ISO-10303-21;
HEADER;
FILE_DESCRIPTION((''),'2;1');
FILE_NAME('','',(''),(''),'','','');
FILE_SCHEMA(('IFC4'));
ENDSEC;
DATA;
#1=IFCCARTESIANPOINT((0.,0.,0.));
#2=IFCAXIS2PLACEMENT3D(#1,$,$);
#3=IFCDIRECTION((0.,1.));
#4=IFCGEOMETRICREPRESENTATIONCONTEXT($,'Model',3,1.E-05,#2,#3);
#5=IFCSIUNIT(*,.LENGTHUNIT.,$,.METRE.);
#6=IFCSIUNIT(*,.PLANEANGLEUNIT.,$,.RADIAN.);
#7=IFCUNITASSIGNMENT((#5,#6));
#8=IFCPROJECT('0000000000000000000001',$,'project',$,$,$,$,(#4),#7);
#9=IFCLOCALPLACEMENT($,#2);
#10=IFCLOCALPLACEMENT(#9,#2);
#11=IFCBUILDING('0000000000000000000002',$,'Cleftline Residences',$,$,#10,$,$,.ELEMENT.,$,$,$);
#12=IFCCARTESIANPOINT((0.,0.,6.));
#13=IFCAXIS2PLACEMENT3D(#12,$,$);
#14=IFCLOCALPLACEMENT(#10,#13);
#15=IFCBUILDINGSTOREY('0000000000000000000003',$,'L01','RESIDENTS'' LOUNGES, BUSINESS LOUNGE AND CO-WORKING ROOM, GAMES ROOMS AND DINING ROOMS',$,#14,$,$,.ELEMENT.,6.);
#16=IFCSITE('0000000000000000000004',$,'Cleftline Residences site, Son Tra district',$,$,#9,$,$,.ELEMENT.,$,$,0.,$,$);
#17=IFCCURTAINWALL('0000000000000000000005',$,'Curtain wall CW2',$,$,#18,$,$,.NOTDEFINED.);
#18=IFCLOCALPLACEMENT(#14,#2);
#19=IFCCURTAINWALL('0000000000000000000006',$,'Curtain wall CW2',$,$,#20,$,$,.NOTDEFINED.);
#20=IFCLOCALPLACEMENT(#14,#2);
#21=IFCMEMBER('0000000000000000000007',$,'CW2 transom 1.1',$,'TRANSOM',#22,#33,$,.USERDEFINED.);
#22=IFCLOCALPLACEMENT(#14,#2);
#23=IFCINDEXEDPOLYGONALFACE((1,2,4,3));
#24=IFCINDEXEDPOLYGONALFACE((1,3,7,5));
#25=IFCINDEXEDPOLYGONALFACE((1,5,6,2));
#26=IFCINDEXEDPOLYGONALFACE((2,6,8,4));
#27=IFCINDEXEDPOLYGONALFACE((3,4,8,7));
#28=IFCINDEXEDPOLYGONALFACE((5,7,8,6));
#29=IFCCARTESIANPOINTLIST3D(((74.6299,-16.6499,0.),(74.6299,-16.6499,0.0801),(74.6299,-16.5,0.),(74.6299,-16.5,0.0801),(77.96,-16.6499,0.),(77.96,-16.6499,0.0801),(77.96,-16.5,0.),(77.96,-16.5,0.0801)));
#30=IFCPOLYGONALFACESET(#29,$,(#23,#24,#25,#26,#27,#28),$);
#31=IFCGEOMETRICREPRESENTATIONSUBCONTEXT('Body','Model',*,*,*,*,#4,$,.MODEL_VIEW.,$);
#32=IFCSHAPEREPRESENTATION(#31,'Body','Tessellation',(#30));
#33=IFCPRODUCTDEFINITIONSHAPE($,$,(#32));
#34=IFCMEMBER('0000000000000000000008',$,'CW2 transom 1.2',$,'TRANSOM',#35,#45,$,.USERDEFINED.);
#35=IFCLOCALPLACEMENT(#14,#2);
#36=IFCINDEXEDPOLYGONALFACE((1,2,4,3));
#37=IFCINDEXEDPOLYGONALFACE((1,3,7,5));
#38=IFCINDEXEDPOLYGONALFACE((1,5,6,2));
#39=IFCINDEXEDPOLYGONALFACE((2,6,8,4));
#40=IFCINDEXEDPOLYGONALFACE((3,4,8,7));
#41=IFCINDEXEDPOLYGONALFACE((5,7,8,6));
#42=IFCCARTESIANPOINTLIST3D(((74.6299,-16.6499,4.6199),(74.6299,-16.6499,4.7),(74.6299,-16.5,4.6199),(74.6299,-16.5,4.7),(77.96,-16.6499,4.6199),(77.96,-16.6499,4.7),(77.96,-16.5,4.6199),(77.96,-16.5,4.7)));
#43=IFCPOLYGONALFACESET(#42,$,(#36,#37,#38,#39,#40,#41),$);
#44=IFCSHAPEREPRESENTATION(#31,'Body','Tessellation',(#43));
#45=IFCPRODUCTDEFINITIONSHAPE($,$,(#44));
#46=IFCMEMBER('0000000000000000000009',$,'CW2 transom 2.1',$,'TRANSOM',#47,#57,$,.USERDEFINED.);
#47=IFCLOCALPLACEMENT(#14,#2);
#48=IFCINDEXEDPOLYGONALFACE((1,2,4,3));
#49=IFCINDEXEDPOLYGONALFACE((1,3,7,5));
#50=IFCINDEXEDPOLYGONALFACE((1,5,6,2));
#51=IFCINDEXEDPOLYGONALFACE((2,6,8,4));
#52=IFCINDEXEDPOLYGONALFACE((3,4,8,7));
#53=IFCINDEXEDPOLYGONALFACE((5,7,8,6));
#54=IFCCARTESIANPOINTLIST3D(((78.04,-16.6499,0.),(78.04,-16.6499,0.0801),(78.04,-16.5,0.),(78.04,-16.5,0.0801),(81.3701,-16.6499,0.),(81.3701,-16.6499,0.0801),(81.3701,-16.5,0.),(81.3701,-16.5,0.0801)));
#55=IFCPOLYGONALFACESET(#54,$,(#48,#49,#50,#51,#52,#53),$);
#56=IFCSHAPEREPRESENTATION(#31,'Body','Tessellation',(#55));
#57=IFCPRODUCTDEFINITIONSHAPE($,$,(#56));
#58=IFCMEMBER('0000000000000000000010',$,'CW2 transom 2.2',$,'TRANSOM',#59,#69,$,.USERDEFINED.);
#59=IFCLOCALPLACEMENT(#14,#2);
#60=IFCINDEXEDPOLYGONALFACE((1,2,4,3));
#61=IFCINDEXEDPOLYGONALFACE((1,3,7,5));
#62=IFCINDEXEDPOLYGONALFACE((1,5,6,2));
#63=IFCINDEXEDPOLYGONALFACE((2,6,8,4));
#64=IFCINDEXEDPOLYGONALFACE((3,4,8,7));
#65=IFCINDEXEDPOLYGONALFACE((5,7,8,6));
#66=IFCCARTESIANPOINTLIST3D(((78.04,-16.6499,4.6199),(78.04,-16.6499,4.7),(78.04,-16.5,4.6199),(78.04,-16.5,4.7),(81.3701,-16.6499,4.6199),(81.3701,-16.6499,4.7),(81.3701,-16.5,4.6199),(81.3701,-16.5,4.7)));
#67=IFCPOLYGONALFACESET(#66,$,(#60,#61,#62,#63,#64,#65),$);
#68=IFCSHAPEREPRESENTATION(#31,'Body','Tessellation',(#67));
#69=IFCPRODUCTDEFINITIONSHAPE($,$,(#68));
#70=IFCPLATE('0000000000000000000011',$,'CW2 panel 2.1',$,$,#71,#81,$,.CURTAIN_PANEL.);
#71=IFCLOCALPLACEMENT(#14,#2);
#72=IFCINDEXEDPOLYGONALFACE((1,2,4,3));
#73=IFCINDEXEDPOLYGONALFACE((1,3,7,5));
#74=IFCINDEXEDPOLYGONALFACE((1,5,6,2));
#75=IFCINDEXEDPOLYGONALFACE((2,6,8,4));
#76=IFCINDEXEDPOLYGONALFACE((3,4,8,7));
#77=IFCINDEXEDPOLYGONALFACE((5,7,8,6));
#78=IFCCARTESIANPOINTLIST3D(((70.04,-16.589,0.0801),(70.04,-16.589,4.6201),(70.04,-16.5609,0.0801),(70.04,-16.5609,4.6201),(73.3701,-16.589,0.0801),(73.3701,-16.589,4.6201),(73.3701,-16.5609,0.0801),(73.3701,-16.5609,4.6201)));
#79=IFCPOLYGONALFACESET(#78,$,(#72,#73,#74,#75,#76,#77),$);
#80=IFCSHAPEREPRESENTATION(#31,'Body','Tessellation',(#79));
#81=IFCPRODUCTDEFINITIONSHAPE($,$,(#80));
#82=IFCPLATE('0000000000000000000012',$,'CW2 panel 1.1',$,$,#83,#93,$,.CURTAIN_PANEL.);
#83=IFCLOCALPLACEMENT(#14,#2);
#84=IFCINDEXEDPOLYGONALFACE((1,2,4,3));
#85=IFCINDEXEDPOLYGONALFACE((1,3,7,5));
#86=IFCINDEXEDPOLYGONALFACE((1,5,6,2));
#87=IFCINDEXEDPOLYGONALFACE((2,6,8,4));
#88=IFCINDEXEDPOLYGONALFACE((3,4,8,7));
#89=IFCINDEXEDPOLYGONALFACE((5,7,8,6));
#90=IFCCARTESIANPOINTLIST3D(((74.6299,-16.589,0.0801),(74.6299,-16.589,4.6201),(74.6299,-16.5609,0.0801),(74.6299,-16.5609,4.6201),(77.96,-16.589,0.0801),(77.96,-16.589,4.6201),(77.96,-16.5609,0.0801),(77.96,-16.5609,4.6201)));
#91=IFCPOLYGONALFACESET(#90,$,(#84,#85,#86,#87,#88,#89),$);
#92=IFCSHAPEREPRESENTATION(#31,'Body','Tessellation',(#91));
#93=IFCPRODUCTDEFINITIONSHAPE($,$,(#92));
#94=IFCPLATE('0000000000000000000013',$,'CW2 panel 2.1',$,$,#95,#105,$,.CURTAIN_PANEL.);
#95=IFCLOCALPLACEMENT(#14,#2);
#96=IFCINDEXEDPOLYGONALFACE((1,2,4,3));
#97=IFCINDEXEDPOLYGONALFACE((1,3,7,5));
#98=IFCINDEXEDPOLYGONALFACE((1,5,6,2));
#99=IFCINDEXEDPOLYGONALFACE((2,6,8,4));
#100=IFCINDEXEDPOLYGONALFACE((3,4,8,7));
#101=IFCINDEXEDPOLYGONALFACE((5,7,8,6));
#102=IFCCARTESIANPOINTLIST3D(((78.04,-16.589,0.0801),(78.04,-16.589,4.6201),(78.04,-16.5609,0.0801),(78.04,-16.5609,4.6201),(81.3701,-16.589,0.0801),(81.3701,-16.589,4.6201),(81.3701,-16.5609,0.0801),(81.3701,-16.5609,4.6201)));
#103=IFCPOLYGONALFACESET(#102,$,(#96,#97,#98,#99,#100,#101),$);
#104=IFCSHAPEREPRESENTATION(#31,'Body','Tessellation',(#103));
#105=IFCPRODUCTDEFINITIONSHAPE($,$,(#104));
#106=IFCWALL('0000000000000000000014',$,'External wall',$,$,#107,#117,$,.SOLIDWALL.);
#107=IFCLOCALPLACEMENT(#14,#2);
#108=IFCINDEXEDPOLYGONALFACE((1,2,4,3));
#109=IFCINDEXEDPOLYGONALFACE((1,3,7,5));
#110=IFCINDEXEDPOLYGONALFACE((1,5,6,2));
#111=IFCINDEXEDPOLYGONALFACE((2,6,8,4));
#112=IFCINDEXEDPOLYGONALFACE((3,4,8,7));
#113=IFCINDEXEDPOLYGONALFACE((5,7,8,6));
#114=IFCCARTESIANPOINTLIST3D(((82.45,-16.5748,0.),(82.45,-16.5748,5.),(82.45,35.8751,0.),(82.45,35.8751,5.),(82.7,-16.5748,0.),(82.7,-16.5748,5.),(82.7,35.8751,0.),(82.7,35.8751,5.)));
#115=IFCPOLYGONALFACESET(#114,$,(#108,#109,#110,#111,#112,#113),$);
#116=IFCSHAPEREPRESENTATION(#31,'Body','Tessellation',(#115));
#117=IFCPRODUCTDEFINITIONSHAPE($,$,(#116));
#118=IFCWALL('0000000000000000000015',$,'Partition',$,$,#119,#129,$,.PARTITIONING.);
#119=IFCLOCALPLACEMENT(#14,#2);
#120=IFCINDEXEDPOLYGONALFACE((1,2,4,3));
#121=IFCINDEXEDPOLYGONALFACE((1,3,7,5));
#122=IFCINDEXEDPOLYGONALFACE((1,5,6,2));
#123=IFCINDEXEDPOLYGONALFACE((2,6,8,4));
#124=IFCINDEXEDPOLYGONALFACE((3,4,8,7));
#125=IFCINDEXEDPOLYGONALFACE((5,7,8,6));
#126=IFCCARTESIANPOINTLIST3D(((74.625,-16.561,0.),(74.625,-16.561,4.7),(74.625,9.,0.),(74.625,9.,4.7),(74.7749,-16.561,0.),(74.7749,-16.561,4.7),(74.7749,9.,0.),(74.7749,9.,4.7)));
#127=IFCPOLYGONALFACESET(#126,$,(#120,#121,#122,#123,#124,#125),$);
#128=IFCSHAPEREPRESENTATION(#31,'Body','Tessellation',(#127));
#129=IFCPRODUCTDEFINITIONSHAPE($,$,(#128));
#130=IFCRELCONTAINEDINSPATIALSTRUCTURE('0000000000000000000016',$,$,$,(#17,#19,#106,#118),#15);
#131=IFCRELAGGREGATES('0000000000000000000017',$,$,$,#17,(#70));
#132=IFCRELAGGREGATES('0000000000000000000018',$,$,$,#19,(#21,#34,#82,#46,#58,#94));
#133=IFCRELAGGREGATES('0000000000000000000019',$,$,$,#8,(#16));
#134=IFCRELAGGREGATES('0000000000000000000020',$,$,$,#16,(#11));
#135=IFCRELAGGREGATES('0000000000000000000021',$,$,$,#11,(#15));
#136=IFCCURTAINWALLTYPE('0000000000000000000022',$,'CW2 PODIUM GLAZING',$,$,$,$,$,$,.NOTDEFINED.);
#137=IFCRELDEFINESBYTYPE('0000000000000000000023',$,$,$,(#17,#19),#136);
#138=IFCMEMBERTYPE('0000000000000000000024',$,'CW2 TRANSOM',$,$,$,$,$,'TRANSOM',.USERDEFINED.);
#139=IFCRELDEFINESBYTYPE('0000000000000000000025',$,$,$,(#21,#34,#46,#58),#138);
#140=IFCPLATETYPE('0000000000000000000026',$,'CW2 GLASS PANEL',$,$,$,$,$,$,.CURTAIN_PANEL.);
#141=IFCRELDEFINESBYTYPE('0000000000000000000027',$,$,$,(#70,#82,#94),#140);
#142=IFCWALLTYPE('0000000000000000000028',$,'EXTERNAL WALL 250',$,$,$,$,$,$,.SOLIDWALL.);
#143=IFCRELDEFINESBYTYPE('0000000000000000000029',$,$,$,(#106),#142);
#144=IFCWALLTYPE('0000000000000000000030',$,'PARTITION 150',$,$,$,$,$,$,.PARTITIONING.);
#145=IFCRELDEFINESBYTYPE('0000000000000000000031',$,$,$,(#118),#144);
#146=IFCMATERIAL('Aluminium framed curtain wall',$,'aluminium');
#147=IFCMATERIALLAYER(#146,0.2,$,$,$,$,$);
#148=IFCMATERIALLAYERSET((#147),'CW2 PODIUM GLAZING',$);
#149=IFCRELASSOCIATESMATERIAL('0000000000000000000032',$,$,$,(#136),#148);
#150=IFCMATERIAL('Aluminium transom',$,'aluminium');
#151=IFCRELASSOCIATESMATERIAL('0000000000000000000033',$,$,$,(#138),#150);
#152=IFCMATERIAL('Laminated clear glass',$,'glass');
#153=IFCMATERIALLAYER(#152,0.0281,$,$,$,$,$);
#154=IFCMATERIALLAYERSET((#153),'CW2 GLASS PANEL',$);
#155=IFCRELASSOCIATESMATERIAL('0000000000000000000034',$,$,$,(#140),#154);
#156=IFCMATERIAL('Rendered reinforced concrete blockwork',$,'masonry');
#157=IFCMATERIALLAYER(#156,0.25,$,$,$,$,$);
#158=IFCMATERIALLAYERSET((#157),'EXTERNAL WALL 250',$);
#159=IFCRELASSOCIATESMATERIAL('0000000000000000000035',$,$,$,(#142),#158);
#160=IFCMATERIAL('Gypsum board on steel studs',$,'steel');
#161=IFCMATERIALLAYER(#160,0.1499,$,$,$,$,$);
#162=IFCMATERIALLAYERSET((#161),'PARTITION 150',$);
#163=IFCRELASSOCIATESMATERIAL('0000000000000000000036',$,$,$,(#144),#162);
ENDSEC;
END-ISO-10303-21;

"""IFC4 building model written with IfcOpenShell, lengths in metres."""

from ifc_helpers import new_model, si_unit, direction, frame, frame_2d, origin, origin_2d, place, context, subcontext, project, spatial, rectangle, extrude, material, layer, layer_set, material_profile, profile_set, type_object, element, aggregate, save


model = new_model("IFC4")

# Units and contexts
model_context = context("Model", 3, precision=1e-05, world=origin(), true_north=direction((0.0, 1.0)))
body_context = subcontext(model_context, "Body", "Model", "MODEL_VIEW")
ifc_project = project(units=[si_unit("LENGTHUNIT", "METRE"), si_unit("PLANEANGLEUNIT", "RADIAN")], contexts=[model_context])

# Site, building, storey
site_placement = place(None, origin())
site = spatial("IfcSite", under=ifc_project, at=site_placement, Name="Cleftline Residences site, Son Tra district", CompositionType="ELEMENT", RefElevation=0.0)
building_placement = place(site_placement, origin())
building = spatial("IfcBuilding", under=site, at=building_placement, Name="Cleftline Residences", CompositionType="ELEMENT")
storey_placement = place(building_placement, frame((0.0, 0.0, 6.0)))
storey = spatial("IfcBuildingStorey", under=building, at=storey_placement, Name="L01", Description="RESIDENTS' LOUNGES, BUSINESS LOUNGE AND CO-WORKING ROOM, GAMES ROOMS AND DINING ROOMS", CompositionType="ELEMENT", Elevation=6.0)

# Curtain wall
ifc_material_1 = material(Name="Aluminium framed curtain wall", Category="aluminium")
ifc_layer_1 = layer(ifc_material_1, 0.2)
ifc_layer_set_1 = layer_set([ifc_layer_1], Name="CW2 PODIUM GLAZING")
curtain_wall_type = type_object("IfcCurtainWallType", Name="CW2 PODIUM GLAZING", PredefinedType="NOTDEFINED", material=ifc_layer_set_1)
curtain_wall_1_placement = place(storey_placement, origin())
curtain_wall_1 = element("IfcCurtainWall", 1, at=curtain_wall_1_placement, inside=storey, type_object=curtain_wall_type, Name="Curtain wall CW2", PredefinedType="NOTDEFINED")

# Curtain wall
curtain_wall_2_placement = place(storey_placement, origin())
curtain_wall_2 = element("IfcCurtainWall", 2, at=curtain_wall_2_placement, inside=storey, type_object=curtain_wall_type, Name="Curtain wall CW2", PredefinedType="NOTDEFINED")

# Members
ifc_material_2 = material(Name="Aluminium transom", Category="aluminium")
ifc_material_profile_1 = material_profile(ifc_material_2, rectangle(XDim=0.1499, YDim=0.0801, at=origin_2d()))
ifc_profile_set_1 = profile_set([ifc_material_profile_1], Name="Aluminium transom")
member_type_1 = type_object("IfcMemberType", Name="CW2 TRANSOM", ElementType="TRANSOM", PredefinedType="USERDEFINED", material=ifc_profile_set_1)
member_1_placement = place(storey_placement, frame((74.6299, -16.575, 0.04), z_axis=(1.0, 0.0, 0.0), x_axis=(0.0, 1.0, 0.0)))
member_1 = element("IfcMember", 3, at=member_1_placement, type_object=member_type_1, Name="CW2 transom 1.1", ObjectType="TRANSOM", PredefinedType="USERDEFINED", context=body_context, shape_type="SweptSolid", body=[
    extrude(rectangle(XDim=0.1499, YDim=0.0801, at=origin_2d()), origin(), (0.0, 0.0, 1.0), 3.3301),
])
member_2_placement = place(storey_placement, frame((74.6299, -16.575, 4.6599), z_axis=(1.0, 0.0, 0.0), x_axis=(0.0, 1.0, 0.0)))
member_2 = element("IfcMember", 4, at=member_2_placement, type_object=member_type_1, Name="CW2 transom 1.2", ObjectType="TRANSOM", PredefinedType="USERDEFINED", context=body_context, shape_type="SweptSolid", body=[
    extrude(rectangle(XDim=0.1499, YDim=0.0801, at=origin_2d()), origin(), (0.0, 0.0, 1.0), 3.3301),
])
member_3_placement = place(storey_placement, frame((78.04, -16.575, 0.04), z_axis=(1.0, 0.0, 0.0), x_axis=(0.0, 1.0, 0.0)))
member_3 = element("IfcMember", 5, at=member_3_placement, type_object=member_type_1, Name="CW2 transom 2.1", ObjectType="TRANSOM", PredefinedType="USERDEFINED", context=body_context, shape_type="SweptSolid", body=[
    extrude(rectangle(XDim=0.1499, YDim=0.0801, at=origin_2d()), origin(), (0.0, 0.0, 1.0), 3.3301),
])
member_4_placement = place(storey_placement, frame((78.04, -16.575, 4.6599), z_axis=(1.0, 0.0, 0.0), x_axis=(0.0, 1.0, 0.0)))
member_4 = element("IfcMember", 6, at=member_4_placement, type_object=member_type_1, Name="CW2 transom 2.2", ObjectType="TRANSOM", PredefinedType="USERDEFINED", context=body_context, shape_type="SweptSolid", body=[
    extrude(rectangle(XDim=0.1499, YDim=0.0801, at=origin_2d()), origin(), (0.0, 0.0, 1.0), 3.3301),
])

# Plates
ifc_material_3 = material(Name="Laminated clear glass", Category="glass")
ifc_layer_2 = layer(ifc_material_3, 0.0281)
ifc_layer_set_2 = layer_set([ifc_layer_2], Name="CW2 GLASS PANEL")
plate_type = type_object("IfcPlateType", Name="CW2 GLASS PANEL", PredefinedType="CURTAIN_PANEL", material=ifc_layer_set_2)
plate_1_placement = place(storey_placement, frame((71.7051, -16.575, 0.0801), z_axis=(0.0, 0.0, 1.0), x_axis=(1.0, 0.0, 0.0)))
plate_1 = element("IfcPlate", 7, at=plate_1_placement, type_object=plate_type, Name="CW2 panel 2.1", PredefinedType="CURTAIN_PANEL", context=body_context, shape_type="SweptSolid", body=[
    extrude(rectangle(XDim=3.3301, YDim=0.0281, at=origin_2d()), origin(), (0.0, 0.0, 1.0), 4.54),
])
aggregate(curtain_wall_1, [plate_1])
plate_2_placement = place(storey_placement, frame((76.2949, -16.575, 0.0801), z_axis=(0.0, 0.0, 1.0), x_axis=(1.0, 0.0, 0.0)))
plate_2 = element("IfcPlate", 8, at=plate_2_placement, type_object=plate_type, Name="CW2 panel 1.1", PredefinedType="CURTAIN_PANEL", context=body_context, shape_type="SweptSolid", body=[
    extrude(rectangle(XDim=3.3301, YDim=0.0281, at=origin_2d()), origin(), (0.0, 0.0, 1.0), 4.54),
])
plate_3_placement = place(storey_placement, frame((79.7051, -16.575, 0.0801), z_axis=(0.0, 0.0, 1.0), x_axis=(1.0, 0.0, 0.0)))
plate_3 = element("IfcPlate", 9, at=plate_3_placement, type_object=plate_type, Name="CW2 panel 2.1", PredefinedType="CURTAIN_PANEL", context=body_context, shape_type="SweptSolid", body=[
    extrude(rectangle(XDim=3.3301, YDim=0.0281, at=origin_2d()), origin(), (0.0, 0.0, 1.0), 4.54),
])
aggregate(curtain_wall_2, [member_1, member_2, plate_2, member_3, member_4, plate_3])

# Walls
ifc_material_4 = material(Name="Rendered reinforced concrete blockwork", Category="masonry")
ifc_layer_3 = layer(ifc_material_4, 0.25)
ifc_layer_set_3 = layer_set([ifc_layer_3], Name="EXTERNAL WALL 250")
wall_type_1 = type_object("IfcWallType", Name="EXTERNAL WALL 250", PredefinedType="SOLIDWALL", material=ifc_layer_set_3)
wall_1_placement = place(storey_placement, frame((82.575, -16.575, 0.0), z_axis=(0.0, 0.0, 1.0), x_axis=(0.0, 1.0, 0.0)))
element("IfcWall", 10, at=wall_1_placement, inside=storey, type_object=wall_type_1, Name="External wall", PredefinedType="SOLIDWALL", context=body_context, shape_type="SweptSolid", body=[
    extrude(rectangle(XDim=52.45, YDim=0.25, at=frame_2d((26.2251, 0.0))), origin(), (0.0, 0.0, 1.0), 5.0),
])
ifc_material_5 = material(Name="Gypsum board on steel studs", Category="steel")
ifc_layer_4 = layer(ifc_material_5, 0.1499)
ifc_layer_set_4 = layer_set([ifc_layer_4], Name="PARTITION 150")
wall_type_2 = type_object("IfcWallType", Name="PARTITION 150", PredefinedType="PARTITIONING", material=ifc_layer_set_4)
wall_2_placement = place(storey_placement, frame((74.7, -16.561, 0.0), z_axis=(0.0, 0.0, 1.0), x_axis=(0.0, 1.0, 0.0)))
element("IfcWall", 11, at=wall_2_placement, inside=storey, type_object=wall_type_2, Name="Partition", PredefinedType="PARTITIONING", context=body_context, shape_type="SweptSolid", body=[
    extrude(rectangle(XDim=25.561, YDim=0.1499, at=frame_2d((12.7805, 0.0))), origin(), (0.0, 0.0, 1.0), 4.7),
])

save(model, "model.ifc")
